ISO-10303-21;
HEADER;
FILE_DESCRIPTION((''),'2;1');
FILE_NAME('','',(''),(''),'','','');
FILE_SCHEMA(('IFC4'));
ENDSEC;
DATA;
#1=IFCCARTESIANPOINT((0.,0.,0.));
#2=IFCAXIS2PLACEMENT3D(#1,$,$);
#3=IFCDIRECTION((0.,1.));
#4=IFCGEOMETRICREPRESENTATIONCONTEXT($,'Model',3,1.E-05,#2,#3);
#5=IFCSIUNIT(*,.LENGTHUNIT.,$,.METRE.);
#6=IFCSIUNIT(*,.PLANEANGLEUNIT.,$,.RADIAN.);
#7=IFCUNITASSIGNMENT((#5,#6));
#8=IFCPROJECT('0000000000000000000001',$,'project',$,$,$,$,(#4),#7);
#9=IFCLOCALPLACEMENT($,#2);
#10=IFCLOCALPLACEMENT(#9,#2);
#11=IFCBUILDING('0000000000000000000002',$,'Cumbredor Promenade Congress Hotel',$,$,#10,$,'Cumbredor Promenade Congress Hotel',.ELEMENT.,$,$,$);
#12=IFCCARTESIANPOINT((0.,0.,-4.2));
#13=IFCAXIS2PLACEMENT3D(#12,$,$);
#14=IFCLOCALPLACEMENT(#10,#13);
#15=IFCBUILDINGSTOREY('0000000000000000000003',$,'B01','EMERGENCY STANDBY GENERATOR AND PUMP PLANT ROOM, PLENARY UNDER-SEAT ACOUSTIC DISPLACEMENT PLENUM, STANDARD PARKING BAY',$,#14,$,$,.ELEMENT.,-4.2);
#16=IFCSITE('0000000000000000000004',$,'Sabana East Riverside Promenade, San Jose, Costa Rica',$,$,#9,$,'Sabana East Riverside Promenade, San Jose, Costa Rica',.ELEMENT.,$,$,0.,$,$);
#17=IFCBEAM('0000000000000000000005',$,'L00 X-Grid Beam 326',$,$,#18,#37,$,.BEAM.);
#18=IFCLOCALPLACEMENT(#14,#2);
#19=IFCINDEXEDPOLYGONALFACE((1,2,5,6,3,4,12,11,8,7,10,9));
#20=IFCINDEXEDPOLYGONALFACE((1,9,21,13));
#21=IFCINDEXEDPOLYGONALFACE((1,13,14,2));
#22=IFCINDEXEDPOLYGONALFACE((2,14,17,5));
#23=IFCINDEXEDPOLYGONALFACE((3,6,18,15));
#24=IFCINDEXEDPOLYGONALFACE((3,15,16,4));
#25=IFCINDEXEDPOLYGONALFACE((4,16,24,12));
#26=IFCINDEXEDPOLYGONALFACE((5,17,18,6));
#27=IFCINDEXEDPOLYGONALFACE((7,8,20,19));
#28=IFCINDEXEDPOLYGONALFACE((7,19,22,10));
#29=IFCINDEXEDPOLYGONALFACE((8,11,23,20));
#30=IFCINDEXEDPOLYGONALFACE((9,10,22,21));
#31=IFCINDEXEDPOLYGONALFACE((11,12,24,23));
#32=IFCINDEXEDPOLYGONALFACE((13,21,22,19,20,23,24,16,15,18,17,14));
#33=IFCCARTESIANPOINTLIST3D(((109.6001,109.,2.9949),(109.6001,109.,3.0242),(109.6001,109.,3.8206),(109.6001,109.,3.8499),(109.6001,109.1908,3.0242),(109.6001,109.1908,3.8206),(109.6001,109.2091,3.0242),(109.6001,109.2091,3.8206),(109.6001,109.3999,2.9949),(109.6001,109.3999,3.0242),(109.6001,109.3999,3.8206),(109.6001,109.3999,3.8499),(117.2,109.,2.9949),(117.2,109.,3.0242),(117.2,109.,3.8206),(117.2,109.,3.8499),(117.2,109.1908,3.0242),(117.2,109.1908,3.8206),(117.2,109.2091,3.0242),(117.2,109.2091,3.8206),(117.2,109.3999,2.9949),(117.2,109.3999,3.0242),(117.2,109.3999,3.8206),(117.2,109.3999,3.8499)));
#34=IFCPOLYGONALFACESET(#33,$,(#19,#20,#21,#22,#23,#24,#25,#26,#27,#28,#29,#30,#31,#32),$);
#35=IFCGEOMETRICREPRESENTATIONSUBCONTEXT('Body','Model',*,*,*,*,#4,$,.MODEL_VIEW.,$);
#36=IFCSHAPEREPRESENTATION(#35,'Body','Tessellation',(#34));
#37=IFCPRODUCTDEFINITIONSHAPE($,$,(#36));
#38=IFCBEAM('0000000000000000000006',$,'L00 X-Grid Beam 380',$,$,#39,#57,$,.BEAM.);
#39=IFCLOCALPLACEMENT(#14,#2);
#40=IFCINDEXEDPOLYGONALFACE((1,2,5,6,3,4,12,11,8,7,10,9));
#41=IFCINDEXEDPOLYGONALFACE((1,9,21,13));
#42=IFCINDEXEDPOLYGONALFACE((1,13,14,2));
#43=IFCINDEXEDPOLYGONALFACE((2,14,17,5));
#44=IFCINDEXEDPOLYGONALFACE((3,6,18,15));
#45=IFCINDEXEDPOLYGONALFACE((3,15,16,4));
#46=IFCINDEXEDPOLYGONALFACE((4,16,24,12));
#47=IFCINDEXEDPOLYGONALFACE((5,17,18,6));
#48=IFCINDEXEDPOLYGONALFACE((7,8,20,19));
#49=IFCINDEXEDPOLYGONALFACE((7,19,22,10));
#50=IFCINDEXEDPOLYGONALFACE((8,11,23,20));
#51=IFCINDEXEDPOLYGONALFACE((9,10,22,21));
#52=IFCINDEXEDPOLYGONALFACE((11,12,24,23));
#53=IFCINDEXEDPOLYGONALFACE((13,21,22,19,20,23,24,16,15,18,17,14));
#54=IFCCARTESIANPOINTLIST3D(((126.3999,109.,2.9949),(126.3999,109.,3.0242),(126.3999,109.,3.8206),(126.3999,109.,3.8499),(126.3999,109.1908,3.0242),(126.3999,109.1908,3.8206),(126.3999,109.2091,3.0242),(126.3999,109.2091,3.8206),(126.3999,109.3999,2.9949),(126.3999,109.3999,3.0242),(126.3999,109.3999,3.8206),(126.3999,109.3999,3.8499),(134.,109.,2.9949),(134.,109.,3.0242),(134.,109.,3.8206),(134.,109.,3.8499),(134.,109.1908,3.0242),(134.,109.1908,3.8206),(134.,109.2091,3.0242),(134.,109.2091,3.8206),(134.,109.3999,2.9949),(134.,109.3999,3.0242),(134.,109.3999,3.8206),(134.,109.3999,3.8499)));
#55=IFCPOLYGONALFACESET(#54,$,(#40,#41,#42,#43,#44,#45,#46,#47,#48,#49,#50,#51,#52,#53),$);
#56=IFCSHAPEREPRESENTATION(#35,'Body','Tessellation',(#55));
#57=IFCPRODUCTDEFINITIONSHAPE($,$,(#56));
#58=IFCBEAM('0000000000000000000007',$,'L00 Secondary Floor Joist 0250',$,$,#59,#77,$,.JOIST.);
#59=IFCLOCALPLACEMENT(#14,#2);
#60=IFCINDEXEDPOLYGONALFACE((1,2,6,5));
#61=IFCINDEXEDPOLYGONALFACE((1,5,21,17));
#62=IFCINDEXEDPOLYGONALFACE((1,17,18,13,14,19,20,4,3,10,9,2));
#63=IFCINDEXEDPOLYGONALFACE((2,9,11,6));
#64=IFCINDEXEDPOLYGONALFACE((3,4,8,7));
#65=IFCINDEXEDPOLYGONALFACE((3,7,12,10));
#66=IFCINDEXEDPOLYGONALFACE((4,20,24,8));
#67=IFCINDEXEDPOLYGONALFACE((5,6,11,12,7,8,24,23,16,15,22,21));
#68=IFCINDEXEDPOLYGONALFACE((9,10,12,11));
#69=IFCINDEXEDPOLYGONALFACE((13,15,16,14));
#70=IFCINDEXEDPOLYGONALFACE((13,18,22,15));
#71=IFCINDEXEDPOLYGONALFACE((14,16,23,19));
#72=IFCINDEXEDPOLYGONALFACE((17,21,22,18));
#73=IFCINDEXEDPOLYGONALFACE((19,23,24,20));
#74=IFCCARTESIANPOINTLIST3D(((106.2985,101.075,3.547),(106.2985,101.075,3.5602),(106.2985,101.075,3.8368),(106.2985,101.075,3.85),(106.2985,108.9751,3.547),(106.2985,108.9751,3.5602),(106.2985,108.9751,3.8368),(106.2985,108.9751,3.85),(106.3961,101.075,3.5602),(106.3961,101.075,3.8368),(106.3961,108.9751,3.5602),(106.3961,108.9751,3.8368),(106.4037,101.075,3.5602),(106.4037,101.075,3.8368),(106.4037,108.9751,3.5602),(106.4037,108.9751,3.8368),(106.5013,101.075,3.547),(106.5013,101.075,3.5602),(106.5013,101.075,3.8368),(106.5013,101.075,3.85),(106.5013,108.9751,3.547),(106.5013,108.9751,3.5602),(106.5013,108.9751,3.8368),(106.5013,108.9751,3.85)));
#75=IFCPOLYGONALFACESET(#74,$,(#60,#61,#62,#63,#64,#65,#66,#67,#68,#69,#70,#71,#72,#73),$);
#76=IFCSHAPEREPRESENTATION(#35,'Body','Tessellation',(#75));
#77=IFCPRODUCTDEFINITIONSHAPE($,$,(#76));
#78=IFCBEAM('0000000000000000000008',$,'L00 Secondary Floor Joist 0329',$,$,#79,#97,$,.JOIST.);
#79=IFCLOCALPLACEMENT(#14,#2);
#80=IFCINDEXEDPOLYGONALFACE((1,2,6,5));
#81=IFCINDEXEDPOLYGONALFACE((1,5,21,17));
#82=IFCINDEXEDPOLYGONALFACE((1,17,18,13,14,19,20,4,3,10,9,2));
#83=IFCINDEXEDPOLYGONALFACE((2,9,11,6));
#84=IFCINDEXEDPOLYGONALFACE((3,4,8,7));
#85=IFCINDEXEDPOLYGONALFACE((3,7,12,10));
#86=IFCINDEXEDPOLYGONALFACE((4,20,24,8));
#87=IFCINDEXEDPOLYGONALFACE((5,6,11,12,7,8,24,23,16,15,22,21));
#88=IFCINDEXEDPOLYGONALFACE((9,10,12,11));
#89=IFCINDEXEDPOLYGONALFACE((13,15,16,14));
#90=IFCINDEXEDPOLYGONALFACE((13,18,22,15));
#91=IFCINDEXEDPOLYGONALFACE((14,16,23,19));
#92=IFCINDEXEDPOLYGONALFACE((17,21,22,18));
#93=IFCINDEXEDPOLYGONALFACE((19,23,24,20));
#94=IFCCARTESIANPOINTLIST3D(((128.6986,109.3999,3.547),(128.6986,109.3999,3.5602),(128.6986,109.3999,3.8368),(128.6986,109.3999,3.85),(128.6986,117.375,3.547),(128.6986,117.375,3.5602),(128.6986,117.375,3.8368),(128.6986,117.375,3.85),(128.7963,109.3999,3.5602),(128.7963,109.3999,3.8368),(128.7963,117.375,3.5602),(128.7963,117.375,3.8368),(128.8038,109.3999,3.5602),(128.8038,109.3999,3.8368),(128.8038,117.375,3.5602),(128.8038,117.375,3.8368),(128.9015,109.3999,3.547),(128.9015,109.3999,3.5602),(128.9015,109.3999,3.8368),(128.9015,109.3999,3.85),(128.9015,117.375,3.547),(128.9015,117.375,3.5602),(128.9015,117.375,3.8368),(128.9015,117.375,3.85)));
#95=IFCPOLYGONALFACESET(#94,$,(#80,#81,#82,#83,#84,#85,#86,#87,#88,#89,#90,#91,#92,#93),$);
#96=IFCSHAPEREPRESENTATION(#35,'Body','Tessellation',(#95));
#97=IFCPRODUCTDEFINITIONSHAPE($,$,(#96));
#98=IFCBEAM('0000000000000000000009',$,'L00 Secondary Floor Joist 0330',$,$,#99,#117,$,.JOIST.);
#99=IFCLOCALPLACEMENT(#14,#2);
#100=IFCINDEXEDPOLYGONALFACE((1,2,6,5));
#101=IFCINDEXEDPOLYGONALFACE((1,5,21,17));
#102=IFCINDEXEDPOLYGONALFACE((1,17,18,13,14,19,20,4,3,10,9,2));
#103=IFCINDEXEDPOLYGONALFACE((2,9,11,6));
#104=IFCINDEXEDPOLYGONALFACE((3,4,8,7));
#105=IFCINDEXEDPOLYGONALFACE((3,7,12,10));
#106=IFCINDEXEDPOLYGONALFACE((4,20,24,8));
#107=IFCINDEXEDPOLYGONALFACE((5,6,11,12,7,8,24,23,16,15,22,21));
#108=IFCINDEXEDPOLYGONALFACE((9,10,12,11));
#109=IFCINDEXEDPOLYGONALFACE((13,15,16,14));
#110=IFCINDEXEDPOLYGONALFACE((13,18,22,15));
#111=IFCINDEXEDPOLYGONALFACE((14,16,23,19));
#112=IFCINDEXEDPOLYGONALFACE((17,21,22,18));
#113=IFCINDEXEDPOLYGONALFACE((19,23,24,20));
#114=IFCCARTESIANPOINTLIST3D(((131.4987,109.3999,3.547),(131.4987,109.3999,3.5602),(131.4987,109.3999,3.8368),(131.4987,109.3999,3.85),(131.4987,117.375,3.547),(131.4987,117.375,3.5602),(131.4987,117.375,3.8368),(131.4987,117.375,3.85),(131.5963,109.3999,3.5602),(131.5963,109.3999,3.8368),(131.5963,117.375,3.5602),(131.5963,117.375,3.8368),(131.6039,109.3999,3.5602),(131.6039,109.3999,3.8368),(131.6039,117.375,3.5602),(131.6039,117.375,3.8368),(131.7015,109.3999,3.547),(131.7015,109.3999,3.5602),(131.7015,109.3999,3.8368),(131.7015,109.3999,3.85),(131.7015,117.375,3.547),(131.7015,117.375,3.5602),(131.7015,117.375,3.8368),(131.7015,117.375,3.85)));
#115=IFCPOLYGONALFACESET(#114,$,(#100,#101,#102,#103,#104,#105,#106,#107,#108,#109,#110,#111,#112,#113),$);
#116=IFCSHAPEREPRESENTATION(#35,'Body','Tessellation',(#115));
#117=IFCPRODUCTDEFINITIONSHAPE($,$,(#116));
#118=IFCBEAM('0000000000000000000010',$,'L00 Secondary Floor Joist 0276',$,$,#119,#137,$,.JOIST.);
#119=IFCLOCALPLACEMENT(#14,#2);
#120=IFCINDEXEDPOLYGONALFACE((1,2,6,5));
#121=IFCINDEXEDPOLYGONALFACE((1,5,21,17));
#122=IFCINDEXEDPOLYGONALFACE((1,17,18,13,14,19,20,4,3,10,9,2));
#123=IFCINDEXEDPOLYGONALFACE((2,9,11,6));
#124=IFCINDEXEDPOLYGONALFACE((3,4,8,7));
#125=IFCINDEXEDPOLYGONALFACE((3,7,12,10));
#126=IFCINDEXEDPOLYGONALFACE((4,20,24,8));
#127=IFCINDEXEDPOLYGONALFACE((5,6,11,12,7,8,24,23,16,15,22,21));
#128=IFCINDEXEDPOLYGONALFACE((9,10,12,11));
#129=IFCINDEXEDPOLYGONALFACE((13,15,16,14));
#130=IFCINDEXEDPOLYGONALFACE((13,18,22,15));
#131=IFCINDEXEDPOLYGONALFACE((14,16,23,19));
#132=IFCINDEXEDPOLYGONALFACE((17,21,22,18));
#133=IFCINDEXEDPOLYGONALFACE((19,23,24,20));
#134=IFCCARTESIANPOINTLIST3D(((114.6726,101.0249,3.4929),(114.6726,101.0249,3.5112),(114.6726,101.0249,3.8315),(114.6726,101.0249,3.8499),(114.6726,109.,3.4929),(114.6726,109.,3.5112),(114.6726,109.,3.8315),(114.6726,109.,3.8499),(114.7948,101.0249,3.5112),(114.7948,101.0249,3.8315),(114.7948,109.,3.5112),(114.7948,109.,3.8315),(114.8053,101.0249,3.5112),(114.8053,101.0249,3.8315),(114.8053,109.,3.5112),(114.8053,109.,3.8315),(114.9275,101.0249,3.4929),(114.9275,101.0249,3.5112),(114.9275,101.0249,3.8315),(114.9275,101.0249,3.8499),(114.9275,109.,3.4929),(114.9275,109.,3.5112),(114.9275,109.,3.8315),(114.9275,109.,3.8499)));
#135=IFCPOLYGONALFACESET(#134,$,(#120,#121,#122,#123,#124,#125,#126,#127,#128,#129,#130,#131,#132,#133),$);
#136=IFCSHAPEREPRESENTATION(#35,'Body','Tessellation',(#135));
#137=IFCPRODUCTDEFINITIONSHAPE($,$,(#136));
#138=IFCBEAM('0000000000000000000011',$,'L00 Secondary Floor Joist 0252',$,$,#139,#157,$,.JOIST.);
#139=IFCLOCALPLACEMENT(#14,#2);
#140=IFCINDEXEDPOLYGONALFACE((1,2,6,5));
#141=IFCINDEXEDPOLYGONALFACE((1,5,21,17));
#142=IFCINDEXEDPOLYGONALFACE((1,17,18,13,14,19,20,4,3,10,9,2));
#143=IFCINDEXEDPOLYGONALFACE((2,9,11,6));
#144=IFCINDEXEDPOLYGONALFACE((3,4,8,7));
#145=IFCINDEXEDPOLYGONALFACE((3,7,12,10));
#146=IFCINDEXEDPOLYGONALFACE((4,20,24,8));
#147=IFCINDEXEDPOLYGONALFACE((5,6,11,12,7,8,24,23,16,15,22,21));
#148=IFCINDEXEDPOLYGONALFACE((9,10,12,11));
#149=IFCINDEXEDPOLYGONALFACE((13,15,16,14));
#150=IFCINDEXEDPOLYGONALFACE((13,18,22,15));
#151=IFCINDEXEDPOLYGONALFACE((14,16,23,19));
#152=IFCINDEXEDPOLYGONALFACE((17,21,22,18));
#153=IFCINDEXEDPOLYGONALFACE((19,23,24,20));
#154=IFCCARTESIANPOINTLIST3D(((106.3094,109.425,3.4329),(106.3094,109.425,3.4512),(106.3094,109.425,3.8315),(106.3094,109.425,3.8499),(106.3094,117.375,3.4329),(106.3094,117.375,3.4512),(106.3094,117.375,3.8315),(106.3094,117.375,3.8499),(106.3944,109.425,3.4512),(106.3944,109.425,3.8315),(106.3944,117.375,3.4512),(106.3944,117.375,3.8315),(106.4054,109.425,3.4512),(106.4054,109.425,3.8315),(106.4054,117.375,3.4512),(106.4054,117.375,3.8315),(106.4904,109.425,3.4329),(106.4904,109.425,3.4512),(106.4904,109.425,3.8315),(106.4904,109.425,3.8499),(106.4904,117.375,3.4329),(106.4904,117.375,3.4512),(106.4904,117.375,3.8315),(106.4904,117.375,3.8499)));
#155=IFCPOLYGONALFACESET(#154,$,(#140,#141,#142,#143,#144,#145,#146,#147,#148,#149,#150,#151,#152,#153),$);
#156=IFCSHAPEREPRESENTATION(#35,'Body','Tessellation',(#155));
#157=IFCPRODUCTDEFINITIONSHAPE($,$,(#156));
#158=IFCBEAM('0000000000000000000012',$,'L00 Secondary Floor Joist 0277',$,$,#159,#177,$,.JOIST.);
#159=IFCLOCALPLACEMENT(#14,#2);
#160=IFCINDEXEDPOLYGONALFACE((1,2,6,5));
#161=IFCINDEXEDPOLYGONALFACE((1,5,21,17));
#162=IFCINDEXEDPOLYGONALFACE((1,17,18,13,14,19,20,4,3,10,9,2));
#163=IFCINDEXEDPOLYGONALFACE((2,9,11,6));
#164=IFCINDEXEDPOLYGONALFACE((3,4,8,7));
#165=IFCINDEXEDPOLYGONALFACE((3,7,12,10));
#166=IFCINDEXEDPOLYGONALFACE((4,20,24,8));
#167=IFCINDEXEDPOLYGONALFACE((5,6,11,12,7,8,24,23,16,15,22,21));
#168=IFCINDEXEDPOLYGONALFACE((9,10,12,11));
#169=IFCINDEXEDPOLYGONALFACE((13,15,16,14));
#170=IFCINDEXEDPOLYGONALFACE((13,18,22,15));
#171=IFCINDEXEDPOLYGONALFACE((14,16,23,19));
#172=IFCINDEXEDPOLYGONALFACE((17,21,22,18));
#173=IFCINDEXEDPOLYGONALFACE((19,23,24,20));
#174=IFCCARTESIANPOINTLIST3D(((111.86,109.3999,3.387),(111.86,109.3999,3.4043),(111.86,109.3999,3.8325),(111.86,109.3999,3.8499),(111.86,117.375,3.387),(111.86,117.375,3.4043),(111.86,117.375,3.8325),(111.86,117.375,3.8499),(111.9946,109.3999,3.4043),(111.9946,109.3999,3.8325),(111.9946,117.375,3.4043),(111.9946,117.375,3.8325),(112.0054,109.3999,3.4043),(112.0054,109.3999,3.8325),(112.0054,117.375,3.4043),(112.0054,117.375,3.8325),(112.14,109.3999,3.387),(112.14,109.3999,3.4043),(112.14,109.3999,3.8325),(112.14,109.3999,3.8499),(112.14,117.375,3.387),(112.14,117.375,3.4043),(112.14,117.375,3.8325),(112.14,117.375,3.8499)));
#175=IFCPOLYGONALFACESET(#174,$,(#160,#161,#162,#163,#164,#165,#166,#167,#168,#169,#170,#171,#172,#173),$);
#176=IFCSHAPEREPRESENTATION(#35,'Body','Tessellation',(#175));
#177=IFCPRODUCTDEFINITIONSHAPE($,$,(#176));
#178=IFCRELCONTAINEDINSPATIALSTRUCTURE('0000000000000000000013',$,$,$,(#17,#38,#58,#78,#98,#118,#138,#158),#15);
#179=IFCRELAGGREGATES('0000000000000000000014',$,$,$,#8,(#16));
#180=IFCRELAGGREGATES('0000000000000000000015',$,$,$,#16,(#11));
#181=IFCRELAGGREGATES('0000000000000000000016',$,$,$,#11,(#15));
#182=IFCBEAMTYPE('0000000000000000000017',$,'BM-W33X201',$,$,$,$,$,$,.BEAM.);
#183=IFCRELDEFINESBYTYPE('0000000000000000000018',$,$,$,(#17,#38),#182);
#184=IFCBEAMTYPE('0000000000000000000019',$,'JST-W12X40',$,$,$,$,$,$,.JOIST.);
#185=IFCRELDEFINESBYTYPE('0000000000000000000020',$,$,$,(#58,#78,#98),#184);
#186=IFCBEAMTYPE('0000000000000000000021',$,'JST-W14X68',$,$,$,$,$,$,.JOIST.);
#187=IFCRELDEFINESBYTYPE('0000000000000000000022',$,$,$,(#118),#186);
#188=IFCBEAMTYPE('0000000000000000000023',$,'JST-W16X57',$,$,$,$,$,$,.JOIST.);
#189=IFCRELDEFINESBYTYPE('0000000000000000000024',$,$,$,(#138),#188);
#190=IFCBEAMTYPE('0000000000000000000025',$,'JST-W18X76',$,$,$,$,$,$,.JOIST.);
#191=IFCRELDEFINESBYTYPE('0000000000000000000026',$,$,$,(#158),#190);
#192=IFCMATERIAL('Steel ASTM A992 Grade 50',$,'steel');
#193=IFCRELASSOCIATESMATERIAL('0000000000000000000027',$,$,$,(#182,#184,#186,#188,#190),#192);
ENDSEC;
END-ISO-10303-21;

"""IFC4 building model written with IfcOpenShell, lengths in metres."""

from ifc_helpers import new_model, si_unit, direction, frame, origin, origin_2d, place, context, subcontext, project, spatial, i_section, extrude, material, material_profile, profile_set, type_object, element, save


model = new_model("IFC4")

# Units and contexts
model_context = context("Model", 3, precision=1e-05, world=origin(), true_north=direction((0.0, 1.0)))
body_context = subcontext(model_context, "Body", "Model", "MODEL_VIEW")
ifc_project = project(units=[si_unit("LENGTHUNIT", "METRE"), si_unit("PLANEANGLEUNIT", "RADIAN")], contexts=[model_context])

# Site, building, storey
site_placement = place(None, origin())
site = spatial("IfcSite", under=ifc_project, at=site_placement, Name="Sabana East Riverside Promenade, San Jose, Costa Rica", LongName="Sabana East Riverside Promenade, San Jose, Costa Rica", CompositionType="ELEMENT", RefElevation=0.0)
building_placement = place(site_placement, origin())
building = spatial("IfcBuilding", under=site, at=building_placement, Name="Cumbredor Promenade Congress Hotel", LongName="Cumbredor Promenade Congress Hotel", CompositionType="ELEMENT")
storey_placement = place(building_placement, frame((0.0, 0.0, -4.2)))
storey = spatial("IfcBuildingStorey", under=building, at=storey_placement, Name="B01", Description="EMERGENCY STANDBY GENERATOR AND PUMP PLANT ROOM, PLENARY UNDER-SEAT ACOUSTIC DISPLACEMENT PLENUM, STANDARD PARKING BAY", CompositionType="ELEMENT", Elevation=-4.2)

# Beams
ifc_material_1 = material(Name="Steel ASTM A992 Grade 50", Category="steel")
ifc_material_profile_1 = material_profile(ifc_material_1, i_section(OverallWidth=0.3999, OverallDepth=0.855, WebThickness=0.0183, FlangeThickness=0.0293, at=origin_2d()), Name="W33X201")
ifc_profile_set_1 = profile_set([ifc_material_profile_1], Name="Steel ASTM A992 Grade 50")
beam_type_1 = type_object("IfcBeamType", Name="BM-W33X201", PredefinedType="BEAM", material=ifc_profile_set_1)
beam_1_placement = place(storey_placement, frame((109.6001, 109.2, 3.4224), z_axis=(1.0, 0.0, 0.0), x_axis=(0.0, 1.0, 0.0)))
element("IfcBeam", 1, at=beam_1_placement, inside=storey, type_object=beam_type_1, Name="L00 X-Grid Beam 326", PredefinedType="BEAM", context=body_context, shape_type="SweptSolid", body=[
    extrude(i_section(OverallWidth=0.3999, OverallDepth=0.855, WebThickness=0.0183, FlangeThickness=0.0293, at=origin_2d()), origin(), (0.0, 0.0, 1.0), 7.5999),
])
beam_2_placement = place(storey_placement, frame((126.3999, 109.2, 3.4224), z_axis=(1.0, 0.0, 0.0), x_axis=(0.0, 1.0, 0.0)))
element("IfcBeam", 2, at=beam_2_placement, inside=storey, type_object=beam_type_1, Name="L00 X-Grid Beam 380", PredefinedType="BEAM", context=body_context, shape_type="SweptSolid", body=[
    extrude(i_section(OverallWidth=0.3999, OverallDepth=0.855, WebThickness=0.0183, FlangeThickness=0.0293, at=origin_2d()), origin(), (0.0, 0.0, 1.0), 7.6001),
])
ifc_material_profile_2 = material_profile(ifc_material_1, i_section(OverallWidth=0.2029, OverallDepth=0.303, WebThickness=0.0076, FlangeThickness=0.0132, at=origin_2d()), Name="W12X40")
ifc_profile_set_2 = profile_set([ifc_material_profile_2], Name="Steel ASTM A992 Grade 50")
beam_type_2 = type_object("IfcBeamType", Name="JST-W12X40", PredefinedType="JOIST", material=ifc_profile_set_2)
beam_3_placement = place(storey_placement, frame((106.3999, 101.075, 3.6985), z_axis=(0.0, 1.0, 0.0), x_axis=(-1.0, 0.0, 0.0)))
element("IfcBeam", 3, at=beam_3_placement, inside=storey, type_object=beam_type_2, Name="L00 Secondary Floor Joist 0250", PredefinedType="JOIST", context=body_context, shape_type="SweptSolid", body=[
    extrude(i_section(OverallWidth=0.2029, OverallDepth=0.303, WebThickness=0.0076, FlangeThickness=0.0132, at=origin_2d()), origin(), (0.0, 0.0, 1.0), 7.9001),
])
for number, where, z_axis, x_axis, name in (
    (4, (128.8, 109.3999, 3.6985), (0.0, 1.0, 0.0), (-1.0, 0.0, 0.0), "L00 Secondary Floor Joist 0329"),
    (5, (131.6001, 109.3999, 3.6985), (0.0, 1.0, 0.0), (-1.0, 0.0, 0.0), "L00 Secondary Floor Joist 0330"),
):
    element("IfcBeam", number, at=place(storey_placement, frame(where, z_axis=z_axis, x_axis=x_axis)), inside=storey, type_object=beam_type_2, Name=name, PredefinedType="JOIST", context=body_context, shape_type="SweptSolid", body=[
        extrude(i_section(OverallWidth=0.2029, OverallDepth=0.303, WebThickness=0.0076, FlangeThickness=0.0132, at=origin_2d()), origin(), (0.0, 0.0, 1.0), 7.9751),
    ])
ifc_material_profile_3 = material_profile(ifc_material_1, i_section(OverallWidth=0.2549, OverallDepth=0.3569, WebThickness=0.0105, FlangeThickness=0.0183, at=origin_2d()), Name="W14X68")
ifc_profile_set_3 = profile_set([ifc_material_profile_3], Name="Steel ASTM A992 Grade 50")
beam_type_3 = type_object("IfcBeamType", Name="JST-W14X68", PredefinedType="JOIST", material=ifc_profile_set_3)
beam_4_placement = place(storey_placement, frame((114.8, 101.0249, 3.6714), z_axis=(0.0, 1.0, 0.0), x_axis=(-1.0, 0.0, 0.0)))
element("IfcBeam", 6, at=beam_4_placement, inside=storey, type_object=beam_type_3, Name="L00 Secondary Floor Joist 0276", PredefinedType="JOIST", context=body_context, shape_type="SweptSolid", body=[
    extrude(i_section(OverallWidth=0.2549, OverallDepth=0.3569, WebThickness=0.0105, FlangeThickness=0.0183, at=origin_2d()), origin(), (0.0, 0.0, 1.0), 7.9751),
])
ifc_material_profile_4 = material_profile(ifc_material_1, i_section(OverallWidth=0.1809, OverallDepth=0.417, WebThickness=0.011, FlangeThickness=0.0183, at=origin_2d()), Name="W16X57")
ifc_profile_set_4 = profile_set([ifc_material_profile_4], Name="Steel ASTM A992 Grade 50")
beam_type_4 = type_object("IfcBeamType", Name="JST-W16X57", PredefinedType="JOIST", material=ifc_profile_set_4)
beam_5_placement = place(storey_placement, frame((106.3999, 109.425, 3.6414), z_axis=(0.0, 1.0, 0.0), x_axis=(-1.0, 0.0, 0.0)))
element("IfcBeam", 7, at=beam_5_placement, inside=storey, type_object=beam_type_4, Name="L00 Secondary Floor Joist 0252", PredefinedType="JOIST", context=body_context, shape_type="SweptSolid", body=[
    extrude(i_section(OverallWidth=0.1809, OverallDepth=0.417, WebThickness=0.011, FlangeThickness=0.0183, at=origin_2d()), origin(), (0.0, 0.0, 1.0), 7.95),
])
ifc_material_profile_5 = material_profile(ifc_material_1, i_section(OverallWidth=0.28, OverallDepth=0.4629, WebThickness=0.0107, FlangeThickness=0.0173, at=origin_2d()), Name="W18X76")
ifc_profile_set_5 = profile_set([ifc_material_profile_5], Name="Steel ASTM A992 Grade 50")
beam_type_5 = type_object("IfcBeamType", Name="JST-W18X76", PredefinedType="JOIST", material=ifc_profile_set_5)
for number, where, z_axis, x_axis, name in (
    (8, (112.0, 109.3999, 3.6184), (0.0, 1.0, 0.0), (-1.0, 0.0, 0.0), "L00 Secondary Floor Joist 0277"),
):
    element("IfcBeam", number, at=place(storey_placement, frame(where, z_axis=z_axis, x_axis=x_axis)), inside=storey, type_object=beam_type_5, Name=name, PredefinedType="JOIST", context=body_context, shape_type="SweptSolid", body=[
        extrude(i_section(OverallWidth=0.28, OverallDepth=0.4629, WebThickness=0.0107, FlangeThickness=0.0173, at=origin_2d()), origin(), (0.0, 0.0, 1.0), 7.9751),
    ])

save(model, "model.ifc")
